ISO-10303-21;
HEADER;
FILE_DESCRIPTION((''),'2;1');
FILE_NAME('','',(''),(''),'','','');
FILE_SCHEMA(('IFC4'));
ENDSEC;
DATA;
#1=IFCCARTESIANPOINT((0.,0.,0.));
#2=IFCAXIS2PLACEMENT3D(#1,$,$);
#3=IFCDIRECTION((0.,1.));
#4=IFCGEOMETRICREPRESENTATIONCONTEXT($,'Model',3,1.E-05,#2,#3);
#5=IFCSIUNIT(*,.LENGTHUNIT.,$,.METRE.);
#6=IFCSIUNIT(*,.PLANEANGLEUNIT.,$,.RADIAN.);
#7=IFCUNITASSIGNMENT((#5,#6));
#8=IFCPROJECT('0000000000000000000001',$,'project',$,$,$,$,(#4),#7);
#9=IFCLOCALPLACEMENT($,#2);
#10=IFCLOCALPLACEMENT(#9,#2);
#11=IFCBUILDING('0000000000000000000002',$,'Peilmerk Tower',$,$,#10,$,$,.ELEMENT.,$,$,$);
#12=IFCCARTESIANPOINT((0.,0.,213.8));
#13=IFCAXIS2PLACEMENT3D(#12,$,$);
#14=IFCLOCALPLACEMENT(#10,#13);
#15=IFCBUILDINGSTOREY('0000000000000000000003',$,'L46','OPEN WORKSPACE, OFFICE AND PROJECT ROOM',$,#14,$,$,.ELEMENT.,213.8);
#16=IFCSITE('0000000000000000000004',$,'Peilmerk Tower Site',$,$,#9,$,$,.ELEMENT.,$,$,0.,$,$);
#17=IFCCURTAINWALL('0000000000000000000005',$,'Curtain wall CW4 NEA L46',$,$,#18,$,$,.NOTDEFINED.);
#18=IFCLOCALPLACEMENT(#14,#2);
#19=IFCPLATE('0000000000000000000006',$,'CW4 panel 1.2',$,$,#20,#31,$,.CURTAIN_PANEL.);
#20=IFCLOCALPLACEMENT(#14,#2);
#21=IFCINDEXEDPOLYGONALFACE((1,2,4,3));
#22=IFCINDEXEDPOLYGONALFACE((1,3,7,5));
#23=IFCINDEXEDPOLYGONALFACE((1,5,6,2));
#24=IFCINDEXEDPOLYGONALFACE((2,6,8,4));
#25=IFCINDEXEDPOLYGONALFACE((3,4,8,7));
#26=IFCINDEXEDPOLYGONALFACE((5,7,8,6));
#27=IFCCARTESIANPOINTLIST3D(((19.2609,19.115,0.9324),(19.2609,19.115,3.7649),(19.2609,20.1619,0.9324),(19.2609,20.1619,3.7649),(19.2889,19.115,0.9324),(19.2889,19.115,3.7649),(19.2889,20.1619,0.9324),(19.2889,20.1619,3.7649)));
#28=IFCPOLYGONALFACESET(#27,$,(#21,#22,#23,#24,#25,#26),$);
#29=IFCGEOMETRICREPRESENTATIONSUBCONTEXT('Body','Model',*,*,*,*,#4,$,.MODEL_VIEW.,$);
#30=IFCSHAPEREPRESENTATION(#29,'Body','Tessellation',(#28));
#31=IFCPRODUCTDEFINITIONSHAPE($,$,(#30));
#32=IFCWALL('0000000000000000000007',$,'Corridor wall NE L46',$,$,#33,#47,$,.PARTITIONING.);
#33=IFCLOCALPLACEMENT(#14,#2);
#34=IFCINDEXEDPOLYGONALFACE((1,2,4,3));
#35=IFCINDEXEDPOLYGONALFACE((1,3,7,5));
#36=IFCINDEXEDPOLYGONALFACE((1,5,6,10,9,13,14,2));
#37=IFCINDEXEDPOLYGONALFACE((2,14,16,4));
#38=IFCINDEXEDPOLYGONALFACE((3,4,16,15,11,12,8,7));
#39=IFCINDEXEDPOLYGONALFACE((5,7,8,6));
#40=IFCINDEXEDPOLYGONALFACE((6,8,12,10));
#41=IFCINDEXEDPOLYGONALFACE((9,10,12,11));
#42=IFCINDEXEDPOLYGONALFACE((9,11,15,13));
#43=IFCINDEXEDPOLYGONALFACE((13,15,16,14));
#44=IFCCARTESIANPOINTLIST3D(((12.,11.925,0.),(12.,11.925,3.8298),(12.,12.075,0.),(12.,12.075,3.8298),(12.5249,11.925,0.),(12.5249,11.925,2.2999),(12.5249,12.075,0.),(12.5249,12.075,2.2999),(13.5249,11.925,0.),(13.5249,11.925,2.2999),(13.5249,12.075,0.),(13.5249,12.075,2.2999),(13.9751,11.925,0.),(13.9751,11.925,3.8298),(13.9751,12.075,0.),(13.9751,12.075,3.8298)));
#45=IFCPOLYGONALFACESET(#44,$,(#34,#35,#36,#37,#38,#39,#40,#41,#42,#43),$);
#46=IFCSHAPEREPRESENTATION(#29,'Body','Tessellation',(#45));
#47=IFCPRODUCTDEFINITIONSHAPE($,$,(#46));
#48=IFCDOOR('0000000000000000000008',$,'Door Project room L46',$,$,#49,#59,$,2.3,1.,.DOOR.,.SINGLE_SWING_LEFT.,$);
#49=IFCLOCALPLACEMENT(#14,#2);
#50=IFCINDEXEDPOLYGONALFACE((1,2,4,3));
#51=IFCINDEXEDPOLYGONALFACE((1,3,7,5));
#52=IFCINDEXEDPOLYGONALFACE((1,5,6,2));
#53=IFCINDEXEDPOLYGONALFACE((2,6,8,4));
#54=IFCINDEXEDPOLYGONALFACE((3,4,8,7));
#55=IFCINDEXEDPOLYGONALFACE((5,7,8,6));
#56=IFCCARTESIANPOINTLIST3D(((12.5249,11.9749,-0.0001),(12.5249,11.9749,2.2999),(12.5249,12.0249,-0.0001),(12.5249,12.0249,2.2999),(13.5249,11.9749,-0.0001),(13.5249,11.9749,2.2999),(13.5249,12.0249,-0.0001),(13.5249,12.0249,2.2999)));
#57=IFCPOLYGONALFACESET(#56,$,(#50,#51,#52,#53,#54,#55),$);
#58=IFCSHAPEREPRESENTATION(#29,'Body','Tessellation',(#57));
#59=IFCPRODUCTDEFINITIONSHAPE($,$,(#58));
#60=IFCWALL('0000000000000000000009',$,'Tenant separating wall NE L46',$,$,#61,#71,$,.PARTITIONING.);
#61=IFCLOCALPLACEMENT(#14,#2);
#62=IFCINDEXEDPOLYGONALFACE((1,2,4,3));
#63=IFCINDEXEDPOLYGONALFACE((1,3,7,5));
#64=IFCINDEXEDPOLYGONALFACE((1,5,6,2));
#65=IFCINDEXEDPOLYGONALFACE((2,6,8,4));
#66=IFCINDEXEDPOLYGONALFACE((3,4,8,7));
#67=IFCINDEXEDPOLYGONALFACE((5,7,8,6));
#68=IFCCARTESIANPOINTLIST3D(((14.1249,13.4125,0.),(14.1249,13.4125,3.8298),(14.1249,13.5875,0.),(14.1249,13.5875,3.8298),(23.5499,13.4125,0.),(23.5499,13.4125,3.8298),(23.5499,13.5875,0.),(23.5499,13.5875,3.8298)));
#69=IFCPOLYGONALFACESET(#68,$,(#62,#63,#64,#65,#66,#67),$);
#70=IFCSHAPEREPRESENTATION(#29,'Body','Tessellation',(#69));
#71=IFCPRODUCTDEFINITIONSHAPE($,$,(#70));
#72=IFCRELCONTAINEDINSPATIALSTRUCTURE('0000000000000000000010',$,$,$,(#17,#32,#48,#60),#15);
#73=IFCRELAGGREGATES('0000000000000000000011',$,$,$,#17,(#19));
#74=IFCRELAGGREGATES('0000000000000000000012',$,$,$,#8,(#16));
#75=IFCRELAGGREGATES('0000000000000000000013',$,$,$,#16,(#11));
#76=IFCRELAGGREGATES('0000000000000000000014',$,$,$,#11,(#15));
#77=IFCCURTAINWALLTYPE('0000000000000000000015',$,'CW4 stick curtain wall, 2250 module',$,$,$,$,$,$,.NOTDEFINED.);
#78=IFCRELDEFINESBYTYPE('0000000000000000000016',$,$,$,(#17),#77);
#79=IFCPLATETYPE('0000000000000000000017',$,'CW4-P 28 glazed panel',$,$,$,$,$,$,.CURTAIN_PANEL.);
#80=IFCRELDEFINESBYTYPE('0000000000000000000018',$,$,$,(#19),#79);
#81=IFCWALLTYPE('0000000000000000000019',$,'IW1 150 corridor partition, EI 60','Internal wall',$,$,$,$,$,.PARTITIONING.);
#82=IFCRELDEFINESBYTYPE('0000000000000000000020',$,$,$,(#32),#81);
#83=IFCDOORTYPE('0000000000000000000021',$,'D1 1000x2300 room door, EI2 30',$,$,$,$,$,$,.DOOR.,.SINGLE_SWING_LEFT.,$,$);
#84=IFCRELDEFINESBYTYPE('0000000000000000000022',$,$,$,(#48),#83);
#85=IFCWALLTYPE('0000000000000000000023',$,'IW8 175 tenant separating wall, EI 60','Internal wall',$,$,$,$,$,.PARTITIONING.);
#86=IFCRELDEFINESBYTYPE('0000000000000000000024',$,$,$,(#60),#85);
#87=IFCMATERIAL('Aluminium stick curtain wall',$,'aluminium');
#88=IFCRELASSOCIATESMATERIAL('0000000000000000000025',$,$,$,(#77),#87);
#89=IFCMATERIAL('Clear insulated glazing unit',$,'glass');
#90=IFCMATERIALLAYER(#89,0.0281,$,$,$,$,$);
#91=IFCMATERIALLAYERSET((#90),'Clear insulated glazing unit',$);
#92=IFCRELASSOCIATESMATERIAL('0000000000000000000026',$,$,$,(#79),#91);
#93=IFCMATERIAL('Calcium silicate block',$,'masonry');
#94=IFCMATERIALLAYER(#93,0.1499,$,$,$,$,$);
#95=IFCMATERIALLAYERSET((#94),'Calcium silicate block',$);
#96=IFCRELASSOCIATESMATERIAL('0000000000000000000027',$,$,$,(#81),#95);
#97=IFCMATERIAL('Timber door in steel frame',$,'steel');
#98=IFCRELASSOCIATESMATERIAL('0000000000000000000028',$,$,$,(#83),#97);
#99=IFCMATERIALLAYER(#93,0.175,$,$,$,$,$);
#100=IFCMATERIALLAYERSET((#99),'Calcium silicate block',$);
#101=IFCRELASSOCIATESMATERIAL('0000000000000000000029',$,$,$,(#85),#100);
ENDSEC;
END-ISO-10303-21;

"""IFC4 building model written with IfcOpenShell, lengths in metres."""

from ifc_helpers import new_model, si_unit, direction, frame, frame_2d, origin, origin_2d, place, context, subcontext, project, spatial, rectangle, extrude, material, layer, layer_set, type_object, element, fill, aggregate, save


model = new_model("IFC4")

# Units and contexts
model_context = context("Model", 3, precision=1e-05, world=origin(), true_north=direction((0.0, 1.0)))
body_context = subcontext(model_context, "Body", "Model", "MODEL_VIEW")
ifc_project = project(units=[si_unit("LENGTHUNIT", "METRE"), si_unit("PLANEANGLEUNIT", "RADIAN")], contexts=[model_context])

# Site, building, storey
site_placement = place(None, origin())
site = spatial("IfcSite", under=ifc_project, at=site_placement, Name="Peilmerk Tower Site", CompositionType="ELEMENT", RefElevation=0.0)
building_placement = place(site_placement, origin())
building = spatial("IfcBuilding", under=site, at=building_placement, Name="Peilmerk Tower", CompositionType="ELEMENT")
storey_placement = place(building_placement, frame((0.0, 0.0, 213.8)))
storey = spatial("IfcBuildingStorey", under=building, at=storey_placement, Name="L46", Description="OPEN WORKSPACE, OFFICE AND PROJECT ROOM", CompositionType="ELEMENT", Elevation=213.8)

# Curtain wall, plate
ifc_material_1 = material(Name="Aluminium stick curtain wall", Category="aluminium")
curtain_wall_type = type_object("IfcCurtainWallType", Name="CW4 stick curtain wall, 2250 module", PredefinedType="NOTDEFINED", material=ifc_material_1)
curtain_wall_placement = place(storey_placement, origin())
curtain_wall = element("IfcCurtainWall", 1, at=curtain_wall_placement, inside=storey, type_object=curtain_wall_type, Name="Curtain wall CW4 NEA L46", PredefinedType="NOTDEFINED")
ifc_material_2 = material(Name="Clear insulated glazing unit", Category="glass")
ifc_layer_1 = layer(ifc_material_2, 0.0281)
ifc_layer_set_1 = layer_set([ifc_layer_1], Name="Clear insulated glazing unit")
plate_type = type_object("IfcPlateType", Name="CW4-P 28 glazed panel", PredefinedType="CURTAIN_PANEL", material=ifc_layer_set_1)
plate_1_placement = place(storey_placement, frame((19.2749, 19.6384, 0.9324), z_axis=(0.0, 0.0, 1.0), x_axis=(0.0, 1.0, 0.0)))
plate_1 = element("IfcPlate", 2, at=plate_1_placement, type_object=plate_type, Name="CW4 panel 1.2", PredefinedType="CURTAIN_PANEL", context=body_context, shape_type="SweptSolid", body=[
    extrude(rectangle(XDim=1.0469, YDim=0.0281, at=origin_2d()), origin(), (0.0, 0.0, 1.0), 2.8325),
])
aggregate(curtain_wall, [plate_1])

# Wall, opening, door
ifc_material_3 = material(Name="Calcium silicate block", Category="masonry")
ifc_layer_2 = layer(ifc_material_3, 0.1499)
ifc_layer_set_2 = layer_set([ifc_layer_2], Name="Calcium silicate block")
wall_type_1 = type_object("IfcWallType", Name="IW1 150 corridor partition, EI 60", Description="Internal wall", PredefinedType="PARTITIONING", material=ifc_layer_set_2)
wall_1_placement = place(storey_placement, frame((12.0, 12.0, 0.0), z_axis=(0.0, 0.0, 1.0), x_axis=(1.0, 0.0, 0.0)))
wall_1 = element("IfcWall", 3, at=wall_1_placement, inside=storey, type_object=wall_type_1, Name="Corridor wall NE L46", PredefinedType="PARTITIONING", context=body_context, shape_type="SweptSolid", body=[
    extrude(rectangle(XDim=1.9751, YDim=0.1499, at=frame_2d((0.9875, 0.0))), origin(), (0.0, 0.0, 1.0), 3.8298),
])
opening_placement = place(wall_1_placement, frame((0.5249, 0.0, 0.0)))
opening = element("IfcOpeningElement", 4, at=opening_placement, cuts=wall_1, PredefinedType="OPENING", context=body_context, shape_type="SweptSolid", body=[
    extrude(rectangle(XDim=1.0, YDim=2.3, at=frame_2d((0.5, 1.1499))), frame((0.0, 0.085, 0.0), z_axis=(0.0, -1.0, 0.0), x_axis=(1.0, 0.0, 0.0)), (0.0, 0.0, 1.0), 0.1699),
])
ifc_material_4 = material(Name="Timber door in steel frame", Category="steel")
door_type = type_object("IfcDoorType", Name="D1 1000x2300 room door, EI2 30", OperationType="SINGLE_SWING_LEFT", PredefinedType="DOOR", material=ifc_material_4)
door_placement = place(opening_placement, origin())
door = element("IfcDoor", 5, at=door_placement, inside=storey, type_object=door_type, Name="Door Project room L46", OperationType="SINGLE_SWING_LEFT", OverallHeight=2.3, OverallWidth=1.0, PredefinedType="DOOR", context=body_context, shape_type="SweptSolid", body=[
    extrude(rectangle(XDim=1.0, YDim=2.3, at=frame_2d((0.5, 1.1499))), frame((0.0, 0.0249, 0.0), z_axis=(0.0, -1.0, 0.0), x_axis=(1.0, 0.0, 0.0)), (0.0, 0.0, 1.0), 0.05),
])
fill(opening, door)

# Wall
ifc_layer_3 = layer(ifc_material_3, 0.175)
ifc_layer_set_3 = layer_set([ifc_layer_3], Name="Calcium silicate block")
wall_type_2 = type_object("IfcWallType", Name="IW8 175 tenant separating wall, EI 60", Description="Internal wall", PredefinedType="PARTITIONING", material=ifc_layer_set_3)
wall_2_placement = place(storey_placement, frame((14.125, 13.5, 0.0), z_axis=(0.0, 0.0, 1.0), x_axis=(1.0, 0.0, 0.0)))
element("IfcWall", 6, at=wall_2_placement, inside=storey, type_object=wall_type_2, Name="Tenant separating wall NE L46", PredefinedType="PARTITIONING", context=body_context, shape_type="SweptSolid", body=[
    extrude(rectangle(XDim=9.425, YDim=0.175, at=frame_2d((4.7124, 0.0))), origin(), (0.0, 0.0, 1.0), 3.8298),
])

save(model, "model.ifc")
